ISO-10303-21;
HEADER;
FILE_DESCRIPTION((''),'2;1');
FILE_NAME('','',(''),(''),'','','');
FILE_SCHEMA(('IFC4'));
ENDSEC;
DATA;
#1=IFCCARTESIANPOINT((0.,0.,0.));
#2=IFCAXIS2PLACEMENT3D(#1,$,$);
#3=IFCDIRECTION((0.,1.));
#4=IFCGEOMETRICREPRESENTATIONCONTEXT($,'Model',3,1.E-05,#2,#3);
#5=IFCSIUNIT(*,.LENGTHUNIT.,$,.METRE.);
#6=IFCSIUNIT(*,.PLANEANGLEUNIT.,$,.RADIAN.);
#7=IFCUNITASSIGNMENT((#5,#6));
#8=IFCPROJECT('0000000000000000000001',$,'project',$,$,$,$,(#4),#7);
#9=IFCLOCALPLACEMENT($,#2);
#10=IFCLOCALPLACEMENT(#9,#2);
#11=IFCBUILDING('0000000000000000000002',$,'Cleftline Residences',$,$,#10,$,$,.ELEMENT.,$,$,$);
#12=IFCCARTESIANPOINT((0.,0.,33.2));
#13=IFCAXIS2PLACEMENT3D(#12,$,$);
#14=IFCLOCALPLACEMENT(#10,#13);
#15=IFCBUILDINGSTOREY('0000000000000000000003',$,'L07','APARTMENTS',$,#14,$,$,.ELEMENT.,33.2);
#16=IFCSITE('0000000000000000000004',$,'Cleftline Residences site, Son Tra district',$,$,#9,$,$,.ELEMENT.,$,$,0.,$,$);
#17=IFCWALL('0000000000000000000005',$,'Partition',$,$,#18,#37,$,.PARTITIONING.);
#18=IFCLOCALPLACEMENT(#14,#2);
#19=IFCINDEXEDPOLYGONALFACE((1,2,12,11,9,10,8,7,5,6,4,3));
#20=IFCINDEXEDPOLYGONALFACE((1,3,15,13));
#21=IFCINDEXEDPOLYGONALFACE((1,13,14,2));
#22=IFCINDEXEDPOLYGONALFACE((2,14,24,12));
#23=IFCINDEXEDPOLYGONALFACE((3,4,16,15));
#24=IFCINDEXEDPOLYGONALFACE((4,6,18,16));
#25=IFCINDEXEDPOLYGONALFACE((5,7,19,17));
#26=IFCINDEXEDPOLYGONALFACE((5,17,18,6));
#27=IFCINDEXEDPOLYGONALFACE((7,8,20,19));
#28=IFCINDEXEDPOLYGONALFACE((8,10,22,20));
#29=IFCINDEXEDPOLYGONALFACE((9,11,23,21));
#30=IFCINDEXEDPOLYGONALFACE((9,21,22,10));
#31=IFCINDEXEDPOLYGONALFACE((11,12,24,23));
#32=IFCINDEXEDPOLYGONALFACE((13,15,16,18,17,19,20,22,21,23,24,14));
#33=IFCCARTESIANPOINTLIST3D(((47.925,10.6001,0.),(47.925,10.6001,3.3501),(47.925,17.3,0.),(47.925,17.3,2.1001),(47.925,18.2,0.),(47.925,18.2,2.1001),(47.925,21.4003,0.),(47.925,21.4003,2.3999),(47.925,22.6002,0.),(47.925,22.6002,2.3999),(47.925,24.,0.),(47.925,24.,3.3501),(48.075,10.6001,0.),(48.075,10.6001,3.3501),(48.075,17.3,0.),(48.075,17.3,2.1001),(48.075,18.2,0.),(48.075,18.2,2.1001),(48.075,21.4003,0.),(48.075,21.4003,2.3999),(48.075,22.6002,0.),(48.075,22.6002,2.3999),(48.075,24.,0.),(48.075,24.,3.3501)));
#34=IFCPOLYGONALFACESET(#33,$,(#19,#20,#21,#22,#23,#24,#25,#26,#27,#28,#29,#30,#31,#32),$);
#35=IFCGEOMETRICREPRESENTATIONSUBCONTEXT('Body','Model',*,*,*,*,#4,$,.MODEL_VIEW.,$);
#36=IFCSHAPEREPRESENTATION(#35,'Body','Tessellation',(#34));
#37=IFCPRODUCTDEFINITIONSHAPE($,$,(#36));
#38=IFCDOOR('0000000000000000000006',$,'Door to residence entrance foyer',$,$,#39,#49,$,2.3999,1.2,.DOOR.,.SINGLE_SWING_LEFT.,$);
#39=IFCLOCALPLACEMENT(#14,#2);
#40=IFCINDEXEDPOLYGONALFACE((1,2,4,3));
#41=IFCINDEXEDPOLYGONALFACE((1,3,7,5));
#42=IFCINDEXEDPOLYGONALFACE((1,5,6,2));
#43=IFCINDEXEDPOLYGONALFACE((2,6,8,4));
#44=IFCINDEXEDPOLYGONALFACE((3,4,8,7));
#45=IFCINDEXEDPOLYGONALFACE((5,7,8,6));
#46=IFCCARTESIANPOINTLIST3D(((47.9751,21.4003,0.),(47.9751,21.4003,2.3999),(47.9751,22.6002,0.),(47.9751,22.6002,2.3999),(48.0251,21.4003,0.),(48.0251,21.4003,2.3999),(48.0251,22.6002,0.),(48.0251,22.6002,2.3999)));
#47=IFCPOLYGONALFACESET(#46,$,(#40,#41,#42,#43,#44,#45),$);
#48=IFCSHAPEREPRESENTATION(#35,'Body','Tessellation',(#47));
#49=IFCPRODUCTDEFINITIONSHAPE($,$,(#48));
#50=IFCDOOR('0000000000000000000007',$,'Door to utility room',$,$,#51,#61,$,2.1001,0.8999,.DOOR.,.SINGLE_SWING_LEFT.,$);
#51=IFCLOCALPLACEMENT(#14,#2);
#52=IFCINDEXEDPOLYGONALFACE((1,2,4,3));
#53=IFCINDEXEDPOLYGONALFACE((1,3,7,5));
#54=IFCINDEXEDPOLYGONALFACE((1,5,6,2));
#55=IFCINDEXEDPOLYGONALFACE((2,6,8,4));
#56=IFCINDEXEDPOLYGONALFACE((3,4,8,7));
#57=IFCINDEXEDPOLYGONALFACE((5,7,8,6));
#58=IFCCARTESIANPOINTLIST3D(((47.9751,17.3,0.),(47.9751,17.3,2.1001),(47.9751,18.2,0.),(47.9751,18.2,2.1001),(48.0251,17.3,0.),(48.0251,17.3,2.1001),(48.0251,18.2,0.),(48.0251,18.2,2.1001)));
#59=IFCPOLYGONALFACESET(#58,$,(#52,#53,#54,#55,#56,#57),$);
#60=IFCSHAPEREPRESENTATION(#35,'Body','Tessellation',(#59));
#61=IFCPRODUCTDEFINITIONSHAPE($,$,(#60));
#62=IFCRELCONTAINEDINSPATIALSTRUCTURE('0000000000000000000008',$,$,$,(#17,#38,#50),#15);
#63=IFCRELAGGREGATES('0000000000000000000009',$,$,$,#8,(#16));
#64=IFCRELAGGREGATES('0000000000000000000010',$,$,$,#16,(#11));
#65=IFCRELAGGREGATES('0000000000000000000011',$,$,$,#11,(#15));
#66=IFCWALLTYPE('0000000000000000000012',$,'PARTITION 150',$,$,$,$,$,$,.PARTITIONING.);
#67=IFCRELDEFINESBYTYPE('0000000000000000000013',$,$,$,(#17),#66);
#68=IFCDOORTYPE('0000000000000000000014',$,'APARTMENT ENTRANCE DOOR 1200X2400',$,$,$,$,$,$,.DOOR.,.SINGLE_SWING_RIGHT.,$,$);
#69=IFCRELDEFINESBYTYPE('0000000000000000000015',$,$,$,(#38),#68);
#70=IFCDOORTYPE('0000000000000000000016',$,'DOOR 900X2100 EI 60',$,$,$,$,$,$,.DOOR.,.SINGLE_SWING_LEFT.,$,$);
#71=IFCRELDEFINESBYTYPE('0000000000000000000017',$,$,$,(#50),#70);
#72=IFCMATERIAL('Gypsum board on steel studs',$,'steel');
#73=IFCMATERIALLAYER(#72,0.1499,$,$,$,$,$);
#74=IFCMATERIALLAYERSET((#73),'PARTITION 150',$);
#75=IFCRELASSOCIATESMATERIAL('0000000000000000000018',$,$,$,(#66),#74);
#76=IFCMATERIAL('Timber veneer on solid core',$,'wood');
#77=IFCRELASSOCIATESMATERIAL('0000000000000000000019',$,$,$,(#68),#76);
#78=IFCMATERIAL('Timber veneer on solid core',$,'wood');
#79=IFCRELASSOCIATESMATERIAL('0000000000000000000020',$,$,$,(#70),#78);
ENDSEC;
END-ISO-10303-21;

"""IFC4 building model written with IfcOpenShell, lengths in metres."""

from ifc_helpers import new_model, si_unit, direction, frame, frame_2d, origin, place, context, subcontext, project, spatial, rectangle, extrude, material, layer, layer_set, type_object, element, fill, save


model = new_model("IFC4")

# Units and contexts
model_context = context("Model", 3, precision=1e-05, world=origin(), true_north=direction((0.0, 1.0)))
body_context = subcontext(model_context, "Body", "Model", "MODEL_VIEW")
ifc_project = project(units=[si_unit("LENGTHUNIT", "METRE"), si_unit("PLANEANGLEUNIT", "RADIAN")], contexts=[model_context])

# Site, building, storey
site_placement = place(None, origin())
site = spatial("IfcSite", under=ifc_project, at=site_placement, Name="Cleftline Residences site, Son Tra district", CompositionType="ELEMENT", RefElevation=0.0)
building_placement = place(site_placement, origin())
building = spatial("IfcBuilding", under=site, at=building_placement, Name="Cleftline Residences", CompositionType="ELEMENT")
storey_placement = place(building_placement, frame((0.0, 0.0, 33.2)))
storey = spatial("IfcBuildingStorey", under=building, at=storey_placement, Name="L07", Description="APARTMENTS", CompositionType="ELEMENT", Elevation=33.2)

# Shared definitions
ifc_material_1 = material(Name="Gypsum board on steel studs", Category="steel")
ifc_layer_1 = layer(ifc_material_1, 0.1499)
ifc_layer_set_1 = layer_set([ifc_layer_1], Name="PARTITION 150")
wall_type = type_object("IfcWallType", Name="PARTITION 150", PredefinedType="PARTITIONING", material=ifc_layer_set_1)

# Wall, openings, doors
wall_1_placement = place(storey_placement, frame((48.0, 10.6001, 0.0), z_axis=(0.0, 0.0, 1.0), x_axis=(0.0, 1.0, 0.0)))
wall_1 = element("IfcWall", 1, at=wall_1_placement, inside=storey, type_object=wall_type, Name="Partition", PredefinedType="PARTITIONING", context=body_context, shape_type="SweptSolid", body=[
    extrude(rectangle(XDim=13.3999, YDim=0.1499, at=frame_2d((6.7, 0.0))), origin(), (0.0, 0.0, 1.0), 3.3501),
])
opening_1_placement = place(wall_1_placement, frame((10.8, 0.0, 0.0)))
opening_1 = element("IfcOpeningElement", 2, at=opening_1_placement, cuts=wall_1, PredefinedType="OPENING", context=body_context, shape_type="SweptSolid", body=[
    extrude(rectangle(XDim=1.2, YDim=2.3999, at=frame_2d((0.6001, 1.2))), frame((0.0, 0.085, 0.0), z_axis=(0.0, -1.0, 0.0), x_axis=(1.0, 0.0, 0.0)), (0.0, 0.0, 1.0), 0.1699),
])
opening_2_placement = place(wall_1_placement, frame((6.7, 0.0, 0.0)))
opening_2 = element("IfcOpeningElement", 3, at=opening_2_placement, cuts=wall_1, PredefinedType="OPENING", context=body_context, shape_type="SweptSolid", body=[
    extrude(rectangle(XDim=0.8999, YDim=2.1001, at=frame_2d((0.45, 1.05))), frame((0.0, 0.085, 0.0), z_axis=(0.0, -1.0, 0.0), x_axis=(1.0, 0.0, 0.0)), (0.0, 0.0, 1.0), 0.1699),
])
ifc_material_2 = material(Name="Timber veneer on solid core", Category="wood")
door_type_1 = type_object("IfcDoorType", Name="APARTMENT ENTRANCE DOOR 1200X2400", OperationType="SINGLE_SWING_RIGHT", PredefinedType="DOOR", material=ifc_material_2)
door_1_placement = place(opening_1_placement, origin())
door_1 = element("IfcDoor", 4, at=door_1_placement, inside=storey, type_object=door_type_1, Name="Door to residence entrance foyer", OperationType="SINGLE_SWING_LEFT", OverallHeight=2.3999, OverallWidth=1.2, PredefinedType="DOOR", context=body_context, shape_type="SweptSolid", body=[
    extrude(rectangle(XDim=1.2, YDim=2.3999, at=frame_2d((0.6001, 1.2))), frame((0.0, 0.0249, 0.0), z_axis=(0.0, -1.0, 0.0), x_axis=(1.0, 0.0, 0.0)), (0.0, 0.0, 1.0), 0.05),
])
fill(opening_1, door_1)
ifc_material_3 = material(Name="Timber veneer on solid core", Category="wood")
door_type_2 = type_object("IfcDoorType", Name="DOOR 900X2100 EI 60", OperationType="SINGLE_SWING_LEFT", PredefinedType="DOOR", material=ifc_material_3)
door_2_placement = place(opening_2_placement, origin())
door_2 = element("IfcDoor", 5, at=door_2_placement, inside=storey, type_object=door_type_2, Name="Door to utility room", OperationType="SINGLE_SWING_LEFT", OverallHeight=2.1001, OverallWidth=0.8999, PredefinedType="DOOR", context=body_context, shape_type="SweptSolid", body=[
    extrude(rectangle(XDim=0.8999, YDim=2.1001, at=frame_2d((0.45, 1.05))), frame((0.0, 0.0249, 0.0), z_axis=(0.0, -1.0, 0.0), x_axis=(1.0, 0.0, 0.0)), (0.0, 0.0, 1.0), 0.05),
])
fill(opening_2, door_2)

save(model, "model.ifc")
